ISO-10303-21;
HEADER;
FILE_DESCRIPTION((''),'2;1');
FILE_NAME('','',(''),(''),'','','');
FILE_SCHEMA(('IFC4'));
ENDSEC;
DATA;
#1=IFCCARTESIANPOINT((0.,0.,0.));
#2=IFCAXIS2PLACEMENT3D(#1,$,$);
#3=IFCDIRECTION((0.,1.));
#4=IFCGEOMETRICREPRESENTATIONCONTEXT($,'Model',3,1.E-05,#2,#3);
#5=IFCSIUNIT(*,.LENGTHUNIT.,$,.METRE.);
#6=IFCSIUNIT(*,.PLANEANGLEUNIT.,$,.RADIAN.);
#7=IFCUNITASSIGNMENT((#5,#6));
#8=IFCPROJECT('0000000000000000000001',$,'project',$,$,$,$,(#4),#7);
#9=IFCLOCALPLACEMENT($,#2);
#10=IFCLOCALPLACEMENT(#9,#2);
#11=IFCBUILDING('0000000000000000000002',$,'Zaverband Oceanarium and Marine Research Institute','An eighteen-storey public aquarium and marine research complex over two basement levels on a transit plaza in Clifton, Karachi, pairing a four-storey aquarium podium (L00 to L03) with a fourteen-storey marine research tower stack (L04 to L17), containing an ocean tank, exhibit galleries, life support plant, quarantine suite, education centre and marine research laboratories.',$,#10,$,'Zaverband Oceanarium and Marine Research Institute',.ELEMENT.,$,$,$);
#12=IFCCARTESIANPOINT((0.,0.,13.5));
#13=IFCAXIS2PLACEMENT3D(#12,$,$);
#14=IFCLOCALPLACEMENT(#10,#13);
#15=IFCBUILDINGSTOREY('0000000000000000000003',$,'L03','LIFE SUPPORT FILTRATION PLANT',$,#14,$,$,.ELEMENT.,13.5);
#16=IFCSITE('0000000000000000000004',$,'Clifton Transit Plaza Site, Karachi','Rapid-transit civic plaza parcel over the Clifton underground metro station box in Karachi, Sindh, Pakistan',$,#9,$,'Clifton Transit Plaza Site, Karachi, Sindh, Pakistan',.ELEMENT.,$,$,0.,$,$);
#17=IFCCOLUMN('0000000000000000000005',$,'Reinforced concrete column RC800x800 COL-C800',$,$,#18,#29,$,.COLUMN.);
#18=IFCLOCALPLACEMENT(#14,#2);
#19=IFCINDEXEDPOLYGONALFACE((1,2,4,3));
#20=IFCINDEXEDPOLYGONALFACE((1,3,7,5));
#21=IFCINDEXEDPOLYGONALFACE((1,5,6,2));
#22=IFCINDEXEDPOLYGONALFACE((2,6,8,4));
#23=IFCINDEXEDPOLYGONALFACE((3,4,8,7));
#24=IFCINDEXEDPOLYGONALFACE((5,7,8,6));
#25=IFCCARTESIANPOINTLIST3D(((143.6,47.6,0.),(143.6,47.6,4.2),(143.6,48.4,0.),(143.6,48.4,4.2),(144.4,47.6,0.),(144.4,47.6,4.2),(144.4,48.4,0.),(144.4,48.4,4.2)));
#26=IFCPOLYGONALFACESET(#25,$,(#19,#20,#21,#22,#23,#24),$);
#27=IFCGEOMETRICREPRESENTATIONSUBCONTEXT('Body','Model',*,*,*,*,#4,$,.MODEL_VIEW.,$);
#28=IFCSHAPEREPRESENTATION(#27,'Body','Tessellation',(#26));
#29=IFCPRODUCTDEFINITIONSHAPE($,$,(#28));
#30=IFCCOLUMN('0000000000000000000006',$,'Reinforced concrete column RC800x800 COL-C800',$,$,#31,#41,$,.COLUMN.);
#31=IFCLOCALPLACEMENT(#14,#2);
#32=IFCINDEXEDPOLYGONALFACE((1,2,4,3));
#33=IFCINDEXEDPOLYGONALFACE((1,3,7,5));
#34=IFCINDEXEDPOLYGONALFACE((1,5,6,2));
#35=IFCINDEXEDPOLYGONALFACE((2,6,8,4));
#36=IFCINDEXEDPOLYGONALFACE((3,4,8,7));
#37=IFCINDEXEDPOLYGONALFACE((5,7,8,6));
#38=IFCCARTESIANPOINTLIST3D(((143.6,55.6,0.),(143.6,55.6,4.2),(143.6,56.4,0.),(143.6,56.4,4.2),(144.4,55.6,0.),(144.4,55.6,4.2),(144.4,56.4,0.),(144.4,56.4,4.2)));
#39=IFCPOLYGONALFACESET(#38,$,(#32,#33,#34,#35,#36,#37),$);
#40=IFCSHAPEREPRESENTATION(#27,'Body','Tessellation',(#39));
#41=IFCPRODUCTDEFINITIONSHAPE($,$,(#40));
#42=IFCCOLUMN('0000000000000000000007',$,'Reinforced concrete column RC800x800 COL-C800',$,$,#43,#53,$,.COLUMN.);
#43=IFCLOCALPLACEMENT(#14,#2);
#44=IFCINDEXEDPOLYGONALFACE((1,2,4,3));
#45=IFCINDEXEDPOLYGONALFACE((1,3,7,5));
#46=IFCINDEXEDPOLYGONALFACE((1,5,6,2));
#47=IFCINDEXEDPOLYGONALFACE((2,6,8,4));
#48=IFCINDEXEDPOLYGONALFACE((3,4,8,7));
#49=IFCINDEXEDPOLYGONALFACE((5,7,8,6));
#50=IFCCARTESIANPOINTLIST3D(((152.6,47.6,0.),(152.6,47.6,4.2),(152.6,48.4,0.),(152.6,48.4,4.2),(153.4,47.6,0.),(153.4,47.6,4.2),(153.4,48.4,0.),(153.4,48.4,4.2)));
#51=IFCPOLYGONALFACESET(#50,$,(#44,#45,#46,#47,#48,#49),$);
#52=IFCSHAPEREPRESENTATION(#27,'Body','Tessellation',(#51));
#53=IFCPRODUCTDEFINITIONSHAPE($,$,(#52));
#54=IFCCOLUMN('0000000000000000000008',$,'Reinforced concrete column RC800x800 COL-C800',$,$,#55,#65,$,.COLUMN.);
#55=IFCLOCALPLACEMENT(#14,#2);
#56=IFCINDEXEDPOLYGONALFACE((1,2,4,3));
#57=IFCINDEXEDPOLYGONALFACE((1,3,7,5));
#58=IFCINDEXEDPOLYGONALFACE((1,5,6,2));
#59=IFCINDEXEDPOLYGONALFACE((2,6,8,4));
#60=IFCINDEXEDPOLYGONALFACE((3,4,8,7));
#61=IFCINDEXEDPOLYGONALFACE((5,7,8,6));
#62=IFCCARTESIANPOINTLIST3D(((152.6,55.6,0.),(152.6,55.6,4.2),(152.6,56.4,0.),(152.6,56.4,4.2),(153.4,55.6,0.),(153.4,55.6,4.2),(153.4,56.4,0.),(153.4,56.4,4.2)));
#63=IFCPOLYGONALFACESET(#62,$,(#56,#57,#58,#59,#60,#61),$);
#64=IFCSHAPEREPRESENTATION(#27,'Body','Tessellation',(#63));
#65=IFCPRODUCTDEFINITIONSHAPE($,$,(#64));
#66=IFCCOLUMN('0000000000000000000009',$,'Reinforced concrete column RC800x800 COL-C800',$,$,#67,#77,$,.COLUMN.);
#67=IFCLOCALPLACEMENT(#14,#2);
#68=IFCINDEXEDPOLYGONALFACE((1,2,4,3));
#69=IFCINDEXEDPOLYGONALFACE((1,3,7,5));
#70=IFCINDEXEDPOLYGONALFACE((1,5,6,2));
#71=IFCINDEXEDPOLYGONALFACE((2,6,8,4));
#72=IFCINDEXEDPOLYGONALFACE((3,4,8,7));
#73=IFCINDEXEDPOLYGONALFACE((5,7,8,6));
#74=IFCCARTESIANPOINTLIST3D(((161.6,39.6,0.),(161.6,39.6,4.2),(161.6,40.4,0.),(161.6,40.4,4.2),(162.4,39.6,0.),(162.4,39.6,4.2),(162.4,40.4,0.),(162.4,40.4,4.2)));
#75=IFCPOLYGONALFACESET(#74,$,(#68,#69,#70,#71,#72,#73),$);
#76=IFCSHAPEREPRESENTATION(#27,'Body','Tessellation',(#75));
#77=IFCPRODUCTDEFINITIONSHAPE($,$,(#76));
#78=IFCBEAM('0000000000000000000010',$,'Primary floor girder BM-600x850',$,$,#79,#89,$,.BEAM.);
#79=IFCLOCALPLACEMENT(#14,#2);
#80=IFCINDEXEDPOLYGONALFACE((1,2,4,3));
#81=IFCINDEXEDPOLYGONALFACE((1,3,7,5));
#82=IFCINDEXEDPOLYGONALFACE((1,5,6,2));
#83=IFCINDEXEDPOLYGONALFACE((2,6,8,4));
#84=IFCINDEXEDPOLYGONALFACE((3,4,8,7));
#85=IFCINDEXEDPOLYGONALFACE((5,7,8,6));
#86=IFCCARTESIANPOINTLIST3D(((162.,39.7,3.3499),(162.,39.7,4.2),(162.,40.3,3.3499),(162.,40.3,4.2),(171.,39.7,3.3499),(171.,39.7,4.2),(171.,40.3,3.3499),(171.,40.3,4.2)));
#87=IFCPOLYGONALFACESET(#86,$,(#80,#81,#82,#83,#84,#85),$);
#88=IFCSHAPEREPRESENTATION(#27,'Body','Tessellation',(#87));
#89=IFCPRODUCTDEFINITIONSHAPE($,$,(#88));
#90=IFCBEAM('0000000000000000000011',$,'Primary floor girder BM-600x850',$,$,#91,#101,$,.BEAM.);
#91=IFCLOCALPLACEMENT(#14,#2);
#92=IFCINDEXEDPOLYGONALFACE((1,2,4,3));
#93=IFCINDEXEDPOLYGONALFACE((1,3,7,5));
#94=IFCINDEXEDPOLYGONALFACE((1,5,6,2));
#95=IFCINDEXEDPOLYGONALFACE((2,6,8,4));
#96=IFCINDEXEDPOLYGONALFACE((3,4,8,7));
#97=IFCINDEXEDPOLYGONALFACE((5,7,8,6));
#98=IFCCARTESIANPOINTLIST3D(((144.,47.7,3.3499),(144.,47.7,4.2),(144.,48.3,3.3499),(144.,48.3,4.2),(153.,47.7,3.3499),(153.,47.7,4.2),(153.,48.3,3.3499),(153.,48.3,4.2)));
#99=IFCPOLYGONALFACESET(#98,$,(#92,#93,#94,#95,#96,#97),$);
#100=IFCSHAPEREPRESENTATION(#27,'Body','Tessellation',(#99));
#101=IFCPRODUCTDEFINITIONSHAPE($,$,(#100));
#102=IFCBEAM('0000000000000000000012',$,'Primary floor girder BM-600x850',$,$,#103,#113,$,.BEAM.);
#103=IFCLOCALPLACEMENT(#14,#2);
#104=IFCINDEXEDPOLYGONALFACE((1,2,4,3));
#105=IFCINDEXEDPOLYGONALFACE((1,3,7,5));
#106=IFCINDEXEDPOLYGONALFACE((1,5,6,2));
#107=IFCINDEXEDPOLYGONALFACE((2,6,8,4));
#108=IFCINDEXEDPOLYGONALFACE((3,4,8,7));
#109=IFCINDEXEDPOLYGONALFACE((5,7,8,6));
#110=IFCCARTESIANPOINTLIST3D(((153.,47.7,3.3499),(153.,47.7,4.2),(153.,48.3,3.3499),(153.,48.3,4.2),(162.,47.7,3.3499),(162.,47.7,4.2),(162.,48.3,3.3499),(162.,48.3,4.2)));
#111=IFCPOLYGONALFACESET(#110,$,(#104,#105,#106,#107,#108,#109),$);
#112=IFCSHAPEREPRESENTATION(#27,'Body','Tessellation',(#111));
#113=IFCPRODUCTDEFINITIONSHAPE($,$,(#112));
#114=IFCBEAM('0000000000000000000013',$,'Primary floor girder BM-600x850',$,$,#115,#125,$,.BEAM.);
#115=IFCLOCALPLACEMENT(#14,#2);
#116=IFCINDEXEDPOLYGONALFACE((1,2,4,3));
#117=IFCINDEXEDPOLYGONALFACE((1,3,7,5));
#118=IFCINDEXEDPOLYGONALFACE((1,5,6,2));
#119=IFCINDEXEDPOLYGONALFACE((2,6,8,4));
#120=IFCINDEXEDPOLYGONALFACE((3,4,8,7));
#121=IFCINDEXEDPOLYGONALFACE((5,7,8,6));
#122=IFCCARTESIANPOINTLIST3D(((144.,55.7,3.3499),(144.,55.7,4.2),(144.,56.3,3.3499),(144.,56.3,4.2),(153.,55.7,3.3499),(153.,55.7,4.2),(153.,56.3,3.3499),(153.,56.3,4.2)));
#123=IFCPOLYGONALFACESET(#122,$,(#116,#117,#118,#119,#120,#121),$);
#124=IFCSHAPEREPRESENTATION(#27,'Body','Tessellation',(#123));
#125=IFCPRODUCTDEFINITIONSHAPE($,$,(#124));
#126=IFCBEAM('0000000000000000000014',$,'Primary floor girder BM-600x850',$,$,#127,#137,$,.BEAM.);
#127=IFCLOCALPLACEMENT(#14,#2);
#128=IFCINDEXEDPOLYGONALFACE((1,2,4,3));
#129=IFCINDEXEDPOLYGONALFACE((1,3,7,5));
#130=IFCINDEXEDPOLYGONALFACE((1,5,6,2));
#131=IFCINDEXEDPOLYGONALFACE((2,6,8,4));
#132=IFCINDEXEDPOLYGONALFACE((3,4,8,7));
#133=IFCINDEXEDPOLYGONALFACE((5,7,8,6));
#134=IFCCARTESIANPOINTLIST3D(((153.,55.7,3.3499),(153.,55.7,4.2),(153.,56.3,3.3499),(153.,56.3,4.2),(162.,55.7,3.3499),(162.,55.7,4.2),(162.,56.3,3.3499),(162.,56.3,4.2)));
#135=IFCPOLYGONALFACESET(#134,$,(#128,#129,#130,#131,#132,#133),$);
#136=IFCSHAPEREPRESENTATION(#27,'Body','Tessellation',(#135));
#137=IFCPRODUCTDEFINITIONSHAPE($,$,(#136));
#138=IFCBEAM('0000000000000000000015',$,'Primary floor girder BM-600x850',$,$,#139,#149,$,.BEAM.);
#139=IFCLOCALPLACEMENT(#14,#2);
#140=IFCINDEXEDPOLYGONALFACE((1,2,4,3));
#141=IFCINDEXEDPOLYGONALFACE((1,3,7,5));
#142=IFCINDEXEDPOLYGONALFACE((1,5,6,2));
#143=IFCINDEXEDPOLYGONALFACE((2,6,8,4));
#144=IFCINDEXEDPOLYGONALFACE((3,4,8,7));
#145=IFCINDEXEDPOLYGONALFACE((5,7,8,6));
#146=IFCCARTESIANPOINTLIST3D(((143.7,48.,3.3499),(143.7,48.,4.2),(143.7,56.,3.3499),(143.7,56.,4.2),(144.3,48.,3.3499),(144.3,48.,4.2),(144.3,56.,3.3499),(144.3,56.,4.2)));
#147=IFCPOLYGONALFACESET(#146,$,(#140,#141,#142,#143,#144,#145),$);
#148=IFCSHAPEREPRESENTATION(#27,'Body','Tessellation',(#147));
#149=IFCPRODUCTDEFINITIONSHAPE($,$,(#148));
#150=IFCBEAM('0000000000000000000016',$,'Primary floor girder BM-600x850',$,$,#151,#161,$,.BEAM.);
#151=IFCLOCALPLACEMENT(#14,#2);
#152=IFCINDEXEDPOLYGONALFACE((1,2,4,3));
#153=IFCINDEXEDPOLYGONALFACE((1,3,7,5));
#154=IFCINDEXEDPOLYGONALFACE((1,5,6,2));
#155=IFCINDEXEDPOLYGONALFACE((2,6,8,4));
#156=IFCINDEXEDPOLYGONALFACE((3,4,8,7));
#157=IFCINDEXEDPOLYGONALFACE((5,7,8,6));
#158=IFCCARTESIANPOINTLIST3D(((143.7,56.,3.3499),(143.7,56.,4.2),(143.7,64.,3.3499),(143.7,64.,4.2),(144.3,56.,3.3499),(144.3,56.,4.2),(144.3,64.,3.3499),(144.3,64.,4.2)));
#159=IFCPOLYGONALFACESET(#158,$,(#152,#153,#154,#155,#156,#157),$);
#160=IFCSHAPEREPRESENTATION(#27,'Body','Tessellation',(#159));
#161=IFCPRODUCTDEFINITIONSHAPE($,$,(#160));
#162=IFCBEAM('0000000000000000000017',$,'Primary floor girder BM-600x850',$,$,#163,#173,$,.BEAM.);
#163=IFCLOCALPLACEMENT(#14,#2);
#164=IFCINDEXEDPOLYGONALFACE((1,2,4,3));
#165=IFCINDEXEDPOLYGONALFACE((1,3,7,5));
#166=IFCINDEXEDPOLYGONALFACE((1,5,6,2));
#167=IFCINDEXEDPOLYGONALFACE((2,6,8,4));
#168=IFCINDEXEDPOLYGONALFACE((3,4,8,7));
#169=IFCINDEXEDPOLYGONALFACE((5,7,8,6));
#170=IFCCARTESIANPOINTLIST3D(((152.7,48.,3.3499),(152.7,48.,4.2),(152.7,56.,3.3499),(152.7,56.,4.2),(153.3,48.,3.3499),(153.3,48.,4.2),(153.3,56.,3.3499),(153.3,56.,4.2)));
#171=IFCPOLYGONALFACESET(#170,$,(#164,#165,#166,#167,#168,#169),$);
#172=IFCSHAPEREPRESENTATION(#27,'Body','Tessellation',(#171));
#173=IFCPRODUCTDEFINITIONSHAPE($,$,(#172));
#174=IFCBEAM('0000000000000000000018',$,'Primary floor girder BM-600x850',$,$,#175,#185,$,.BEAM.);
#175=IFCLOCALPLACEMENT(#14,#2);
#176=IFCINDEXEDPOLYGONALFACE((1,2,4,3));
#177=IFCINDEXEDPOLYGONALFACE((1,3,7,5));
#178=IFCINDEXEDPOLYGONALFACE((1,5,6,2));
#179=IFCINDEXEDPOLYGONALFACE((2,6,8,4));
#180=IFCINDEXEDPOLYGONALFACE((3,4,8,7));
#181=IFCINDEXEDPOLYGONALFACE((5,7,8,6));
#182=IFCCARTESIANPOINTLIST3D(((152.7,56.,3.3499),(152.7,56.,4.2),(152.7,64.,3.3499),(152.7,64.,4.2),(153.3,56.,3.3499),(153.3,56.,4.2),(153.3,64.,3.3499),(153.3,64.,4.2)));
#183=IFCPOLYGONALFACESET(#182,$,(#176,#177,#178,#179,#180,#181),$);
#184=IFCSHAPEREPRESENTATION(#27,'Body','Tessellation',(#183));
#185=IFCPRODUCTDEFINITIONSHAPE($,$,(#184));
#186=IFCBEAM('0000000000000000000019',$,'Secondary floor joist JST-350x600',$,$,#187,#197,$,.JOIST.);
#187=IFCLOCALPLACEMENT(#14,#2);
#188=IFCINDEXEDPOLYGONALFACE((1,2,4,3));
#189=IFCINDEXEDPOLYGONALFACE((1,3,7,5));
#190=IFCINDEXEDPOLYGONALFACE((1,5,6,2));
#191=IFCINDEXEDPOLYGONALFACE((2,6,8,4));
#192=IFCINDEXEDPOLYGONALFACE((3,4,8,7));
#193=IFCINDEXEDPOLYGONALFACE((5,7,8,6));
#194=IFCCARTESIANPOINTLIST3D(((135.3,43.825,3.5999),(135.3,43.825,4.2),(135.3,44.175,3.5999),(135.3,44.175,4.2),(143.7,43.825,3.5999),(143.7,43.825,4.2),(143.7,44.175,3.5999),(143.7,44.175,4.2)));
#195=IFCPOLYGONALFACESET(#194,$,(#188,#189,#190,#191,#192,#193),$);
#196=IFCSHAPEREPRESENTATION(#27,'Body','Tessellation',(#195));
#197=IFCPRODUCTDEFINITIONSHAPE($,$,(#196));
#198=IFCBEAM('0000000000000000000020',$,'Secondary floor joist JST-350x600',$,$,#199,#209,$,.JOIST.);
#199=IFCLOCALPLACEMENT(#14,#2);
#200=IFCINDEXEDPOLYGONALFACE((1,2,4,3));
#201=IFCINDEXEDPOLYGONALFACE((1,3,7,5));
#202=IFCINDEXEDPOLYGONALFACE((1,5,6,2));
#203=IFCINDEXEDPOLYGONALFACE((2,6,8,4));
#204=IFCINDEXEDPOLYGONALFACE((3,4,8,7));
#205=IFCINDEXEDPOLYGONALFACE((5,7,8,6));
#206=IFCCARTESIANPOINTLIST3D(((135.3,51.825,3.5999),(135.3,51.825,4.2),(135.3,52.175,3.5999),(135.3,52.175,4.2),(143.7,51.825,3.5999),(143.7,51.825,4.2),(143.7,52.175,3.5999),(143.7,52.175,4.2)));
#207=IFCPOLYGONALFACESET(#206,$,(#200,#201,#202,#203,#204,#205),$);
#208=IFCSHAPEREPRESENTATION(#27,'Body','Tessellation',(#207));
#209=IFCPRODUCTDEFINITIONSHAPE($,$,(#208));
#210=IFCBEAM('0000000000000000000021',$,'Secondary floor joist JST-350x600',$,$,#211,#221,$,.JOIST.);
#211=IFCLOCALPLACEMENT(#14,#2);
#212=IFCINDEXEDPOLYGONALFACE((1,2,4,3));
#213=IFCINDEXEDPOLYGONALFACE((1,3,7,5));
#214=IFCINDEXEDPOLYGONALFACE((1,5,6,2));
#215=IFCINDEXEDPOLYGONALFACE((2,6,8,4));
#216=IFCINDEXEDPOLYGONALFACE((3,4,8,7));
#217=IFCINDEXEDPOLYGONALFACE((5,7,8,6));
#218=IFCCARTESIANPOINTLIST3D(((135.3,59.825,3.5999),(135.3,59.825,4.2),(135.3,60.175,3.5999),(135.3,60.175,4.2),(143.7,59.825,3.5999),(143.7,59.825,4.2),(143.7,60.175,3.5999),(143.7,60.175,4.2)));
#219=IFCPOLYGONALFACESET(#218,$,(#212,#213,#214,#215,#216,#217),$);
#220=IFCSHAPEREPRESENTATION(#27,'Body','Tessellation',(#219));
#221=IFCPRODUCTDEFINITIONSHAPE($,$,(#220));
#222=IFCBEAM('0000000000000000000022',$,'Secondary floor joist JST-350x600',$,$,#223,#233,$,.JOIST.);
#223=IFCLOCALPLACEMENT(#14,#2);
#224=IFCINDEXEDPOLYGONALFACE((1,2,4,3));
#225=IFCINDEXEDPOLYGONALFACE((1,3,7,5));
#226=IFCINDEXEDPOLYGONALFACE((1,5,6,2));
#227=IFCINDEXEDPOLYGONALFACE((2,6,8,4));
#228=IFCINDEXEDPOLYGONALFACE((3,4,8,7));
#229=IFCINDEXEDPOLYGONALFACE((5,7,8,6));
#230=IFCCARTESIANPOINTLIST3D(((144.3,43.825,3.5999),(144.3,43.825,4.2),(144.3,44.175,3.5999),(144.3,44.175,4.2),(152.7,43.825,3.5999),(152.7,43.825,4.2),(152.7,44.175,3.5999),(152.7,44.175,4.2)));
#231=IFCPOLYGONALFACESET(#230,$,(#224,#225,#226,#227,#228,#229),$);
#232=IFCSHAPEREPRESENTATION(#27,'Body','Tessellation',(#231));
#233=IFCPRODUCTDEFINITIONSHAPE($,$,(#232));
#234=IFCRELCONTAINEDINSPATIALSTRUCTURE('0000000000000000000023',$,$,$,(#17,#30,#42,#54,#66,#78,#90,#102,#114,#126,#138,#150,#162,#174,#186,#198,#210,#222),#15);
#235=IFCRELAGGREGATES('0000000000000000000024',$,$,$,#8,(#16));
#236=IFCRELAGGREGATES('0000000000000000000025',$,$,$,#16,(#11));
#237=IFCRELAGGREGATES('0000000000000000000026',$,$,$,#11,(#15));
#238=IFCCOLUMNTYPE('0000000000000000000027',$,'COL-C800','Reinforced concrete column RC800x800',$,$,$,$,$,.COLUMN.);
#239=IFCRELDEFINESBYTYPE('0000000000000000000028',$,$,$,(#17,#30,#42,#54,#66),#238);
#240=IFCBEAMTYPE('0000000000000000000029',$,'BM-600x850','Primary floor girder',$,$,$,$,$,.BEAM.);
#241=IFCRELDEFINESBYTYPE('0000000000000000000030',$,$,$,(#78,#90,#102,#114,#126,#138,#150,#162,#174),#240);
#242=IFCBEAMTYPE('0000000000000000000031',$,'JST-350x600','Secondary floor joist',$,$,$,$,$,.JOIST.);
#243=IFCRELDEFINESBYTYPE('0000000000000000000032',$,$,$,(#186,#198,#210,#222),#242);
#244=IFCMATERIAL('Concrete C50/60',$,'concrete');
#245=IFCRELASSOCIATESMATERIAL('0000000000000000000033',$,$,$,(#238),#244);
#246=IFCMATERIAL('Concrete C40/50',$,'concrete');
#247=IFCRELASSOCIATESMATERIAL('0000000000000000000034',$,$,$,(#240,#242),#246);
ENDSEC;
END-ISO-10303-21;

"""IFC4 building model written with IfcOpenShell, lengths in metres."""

from ifc_helpers import new_model, si_unit, direction, frame, origin, origin_2d, place, context, subcontext, project, spatial, rectangle, extrude, material, material_profile, profile_set, type_object, element, save


model = new_model("IFC4")

# Units and contexts
model_context = context("Model", 3, precision=1e-05, world=origin(), true_north=direction((0.0, 1.0)))
body_context = subcontext(model_context, "Body", "Model", "MODEL_VIEW")
ifc_project = project(units=[si_unit("LENGTHUNIT", "METRE"), si_unit("PLANEANGLEUNIT", "RADIAN")], contexts=[model_context])

# Site, building, storey
site_placement = place(None, origin())
site = spatial("IfcSite", under=ifc_project, at=site_placement, Name="Clifton Transit Plaza Site, Karachi", Description="Rapid-transit civic plaza parcel over the Clifton underground metro station box in Karachi, Sindh, Pakistan", LongName="Clifton Transit Plaza Site, Karachi, Sindh, Pakistan", CompositionType="ELEMENT", RefElevation=0.0)
building_placement = place(site_placement, origin())
building = spatial("IfcBuilding", under=site, at=building_placement, Name="Zaverband Oceanarium and Marine Research Institute", Description="An eighteen-storey public aquarium and marine research complex over two basement levels on a transit plaza in Clifton, Karachi, pairing a four-storey aquarium podium (L00 to L03) with a fourteen-storey marine research tower stack (L04 to L17), containing an ocean tank, exhibit galleries, life support plant, quarantine suite, education centre and marine research laboratories.", LongName="Zaverband Oceanarium and Marine Research Institute", CompositionType="ELEMENT")
storey_placement = place(building_placement, frame((0.0, 0.0, 13.5)))
storey = spatial("IfcBuildingStorey", under=building, at=storey_placement, Name="L03", Description="LIFE SUPPORT FILTRATION PLANT", CompositionType="ELEMENT", Elevation=13.5)

# Columns
ifc_material_1 = material(Name="Concrete C50/60", Category="concrete")
ifc_material_profile_1 = material_profile(ifc_material_1, rectangle(XDim=0.8, YDim=0.8, at=origin_2d()), Name="RC800x800")
ifc_profile_set_1 = profile_set([ifc_material_profile_1], Name="Concrete C50/60")
column_type = type_object("IfcColumnType", Name="COL-C800", Description="Reinforced concrete column RC800x800", PredefinedType="COLUMN", material=ifc_profile_set_1)
for number, where, z_axis, x_axis, name in (
    (1, (144.0, 48.0, 0.0), (0.0, 0.0, 1.0), (1.0, 0.0, 0.0), "Reinforced concrete column RC800x800 COL-C800"),
    (2, (144.0, 56.0, 0.0), (0.0, 0.0, 1.0), (1.0, 0.0, 0.0), "Reinforced concrete column RC800x800 COL-C800"),
    (3, (153.0, 48.0, 0.0), (0.0, 0.0, 1.0), (1.0, 0.0, 0.0), "Reinforced concrete column RC800x800 COL-C800"),
    (4, (153.0, 56.0, 0.0), (0.0, 0.0, 1.0), (1.0, 0.0, 0.0), "Reinforced concrete column RC800x800 COL-C800"),
    (5, (162.0, 40.0, 0.0), (0.0, 0.0, 1.0), (1.0, 0.0, 0.0), "Reinforced concrete column RC800x800 COL-C800"),
):
    element("IfcColumn", number, at=place(storey_placement, frame(where, z_axis=z_axis, x_axis=x_axis)), inside=storey, type_object=column_type, Name=name, PredefinedType="COLUMN", context=body_context, shape_type="SweptSolid", body=[
        extrude(rectangle(XDim=0.8, YDim=0.8, at=origin_2d()), origin(), (0.0, 0.0, 1.0), 4.2),
    ])

# Beams
ifc_material_2 = material(Name="Concrete C40/50", Category="concrete")
ifc_material_profile_2 = material_profile(ifc_material_2, rectangle(XDim=0.6001, YDim=0.8501, at=origin_2d()), Name="RC600x850")
ifc_profile_set_2 = profile_set([ifc_material_profile_2], Name="Concrete C40/50")
beam_type_1 = type_object("IfcBeamType", Name="BM-600x850", Description="Primary floor girder", PredefinedType="BEAM", material=ifc_profile_set_2)
for number, where, z_axis, x_axis, name in (
    (6, (162.0, 40.0, 3.7749), (1.0, 0.0, 0.0), (0.0, 1.0, 0.0), "Primary floor girder BM-600x850"),
    (7, (144.0, 48.0, 3.7749), (1.0, 0.0, 0.0), (0.0, 1.0, 0.0), "Primary floor girder BM-600x850"),
    (8, (153.0, 48.0, 3.7749), (1.0, 0.0, 0.0), (0.0, 1.0, 0.0), "Primary floor girder BM-600x850"),
    (9, (144.0, 56.0, 3.7749), (1.0, 0.0, 0.0), (0.0, 1.0, 0.0), "Primary floor girder BM-600x850"),
    (10, (153.0, 56.0, 3.7749), (1.0, 0.0, 0.0), (0.0, 1.0, 0.0), "Primary floor girder BM-600x850"),
):
    element("IfcBeam", number, at=place(storey_placement, frame(where, z_axis=z_axis, x_axis=x_axis)), inside=storey, type_object=beam_type_1, Name=name, PredefinedType="BEAM", context=body_context, shape_type="SweptSolid", body=[
        extrude(rectangle(XDim=0.6001, YDim=0.8501, at=origin_2d()), origin(), (0.0, 0.0, 1.0), 9.0),
    ])
for number, where, z_axis, x_axis, name in (
    (11, (144.0, 48.0, 3.7749), (0.0, 1.0, 0.0), (-1.0, 0.0, 0.0), "Primary floor girder BM-600x850"),
    (12, (144.0, 56.0, 3.7749), (0.0, 1.0, 0.0), (-1.0, 0.0, 0.0), "Primary floor girder BM-600x850"),
    (13, (153.0, 48.0, 3.7749), (0.0, 1.0, 0.0), (-1.0, 0.0, 0.0), "Primary floor girder BM-600x850"),
    (14, (153.0, 56.0, 3.7749), (0.0, 1.0, 0.0), (-1.0, 0.0, 0.0), "Primary floor girder BM-600x850"),
):
    element("IfcBeam", number, at=place(storey_placement, frame(where, z_axis=z_axis, x_axis=x_axis)), inside=storey, type_object=beam_type_1, Name=name, PredefinedType="BEAM", context=body_context, shape_type="SweptSolid", body=[
        extrude(rectangle(XDim=0.6001, YDim=0.8501, at=origin_2d()), origin(), (0.0, 0.0, 1.0), 8.0),
    ])
ifc_material_profile_3 = material_profile(ifc_material_2, rectangle(XDim=0.3501, YDim=0.6001, at=origin_2d()), Name="RC350x600")
ifc_profile_set_3 = profile_set([ifc_material_profile_3], Name="Concrete C40/50")
beam_type_2 = type_object("IfcBeamType", Name="JST-350x600", Description="Secondary floor joist", PredefinedType="JOIST", material=ifc_profile_set_3)
for number, where, z_axis, x_axis, name in (
    (15, (135.3, 44.0, 3.8999), (1.0, 0.0, 0.0), (0.0, 1.0, 0.0), "Secondary floor joist JST-350x600"),
    (16, (135.3, 52.0, 3.8999), (1.0, 0.0, 0.0), (0.0, 1.0, 0.0), "Secondary floor joist JST-350x600"),
    (17, (135.3, 60.0, 3.8999), (1.0, 0.0, 0.0), (0.0, 1.0, 0.0), "Secondary floor joist JST-350x600"),
    (18, (144.3, 44.0, 3.8999), (1.0, 0.0, 0.0), (0.0, 1.0, 0.0), "Secondary floor joist JST-350x600"),
):
    element("IfcBeam", number, at=place(storey_placement, frame(where, z_axis=z_axis, x_axis=x_axis)), inside=storey, type_object=beam_type_2, Name=name, PredefinedType="JOIST", context=body_context, shape_type="SweptSolid", body=[
        extrude(rectangle(XDim=0.3501, YDim=0.6001, at=origin_2d()), origin(), (0.0, 0.0, 1.0), 8.3999),
    ])

save(model, "model.ifc")
